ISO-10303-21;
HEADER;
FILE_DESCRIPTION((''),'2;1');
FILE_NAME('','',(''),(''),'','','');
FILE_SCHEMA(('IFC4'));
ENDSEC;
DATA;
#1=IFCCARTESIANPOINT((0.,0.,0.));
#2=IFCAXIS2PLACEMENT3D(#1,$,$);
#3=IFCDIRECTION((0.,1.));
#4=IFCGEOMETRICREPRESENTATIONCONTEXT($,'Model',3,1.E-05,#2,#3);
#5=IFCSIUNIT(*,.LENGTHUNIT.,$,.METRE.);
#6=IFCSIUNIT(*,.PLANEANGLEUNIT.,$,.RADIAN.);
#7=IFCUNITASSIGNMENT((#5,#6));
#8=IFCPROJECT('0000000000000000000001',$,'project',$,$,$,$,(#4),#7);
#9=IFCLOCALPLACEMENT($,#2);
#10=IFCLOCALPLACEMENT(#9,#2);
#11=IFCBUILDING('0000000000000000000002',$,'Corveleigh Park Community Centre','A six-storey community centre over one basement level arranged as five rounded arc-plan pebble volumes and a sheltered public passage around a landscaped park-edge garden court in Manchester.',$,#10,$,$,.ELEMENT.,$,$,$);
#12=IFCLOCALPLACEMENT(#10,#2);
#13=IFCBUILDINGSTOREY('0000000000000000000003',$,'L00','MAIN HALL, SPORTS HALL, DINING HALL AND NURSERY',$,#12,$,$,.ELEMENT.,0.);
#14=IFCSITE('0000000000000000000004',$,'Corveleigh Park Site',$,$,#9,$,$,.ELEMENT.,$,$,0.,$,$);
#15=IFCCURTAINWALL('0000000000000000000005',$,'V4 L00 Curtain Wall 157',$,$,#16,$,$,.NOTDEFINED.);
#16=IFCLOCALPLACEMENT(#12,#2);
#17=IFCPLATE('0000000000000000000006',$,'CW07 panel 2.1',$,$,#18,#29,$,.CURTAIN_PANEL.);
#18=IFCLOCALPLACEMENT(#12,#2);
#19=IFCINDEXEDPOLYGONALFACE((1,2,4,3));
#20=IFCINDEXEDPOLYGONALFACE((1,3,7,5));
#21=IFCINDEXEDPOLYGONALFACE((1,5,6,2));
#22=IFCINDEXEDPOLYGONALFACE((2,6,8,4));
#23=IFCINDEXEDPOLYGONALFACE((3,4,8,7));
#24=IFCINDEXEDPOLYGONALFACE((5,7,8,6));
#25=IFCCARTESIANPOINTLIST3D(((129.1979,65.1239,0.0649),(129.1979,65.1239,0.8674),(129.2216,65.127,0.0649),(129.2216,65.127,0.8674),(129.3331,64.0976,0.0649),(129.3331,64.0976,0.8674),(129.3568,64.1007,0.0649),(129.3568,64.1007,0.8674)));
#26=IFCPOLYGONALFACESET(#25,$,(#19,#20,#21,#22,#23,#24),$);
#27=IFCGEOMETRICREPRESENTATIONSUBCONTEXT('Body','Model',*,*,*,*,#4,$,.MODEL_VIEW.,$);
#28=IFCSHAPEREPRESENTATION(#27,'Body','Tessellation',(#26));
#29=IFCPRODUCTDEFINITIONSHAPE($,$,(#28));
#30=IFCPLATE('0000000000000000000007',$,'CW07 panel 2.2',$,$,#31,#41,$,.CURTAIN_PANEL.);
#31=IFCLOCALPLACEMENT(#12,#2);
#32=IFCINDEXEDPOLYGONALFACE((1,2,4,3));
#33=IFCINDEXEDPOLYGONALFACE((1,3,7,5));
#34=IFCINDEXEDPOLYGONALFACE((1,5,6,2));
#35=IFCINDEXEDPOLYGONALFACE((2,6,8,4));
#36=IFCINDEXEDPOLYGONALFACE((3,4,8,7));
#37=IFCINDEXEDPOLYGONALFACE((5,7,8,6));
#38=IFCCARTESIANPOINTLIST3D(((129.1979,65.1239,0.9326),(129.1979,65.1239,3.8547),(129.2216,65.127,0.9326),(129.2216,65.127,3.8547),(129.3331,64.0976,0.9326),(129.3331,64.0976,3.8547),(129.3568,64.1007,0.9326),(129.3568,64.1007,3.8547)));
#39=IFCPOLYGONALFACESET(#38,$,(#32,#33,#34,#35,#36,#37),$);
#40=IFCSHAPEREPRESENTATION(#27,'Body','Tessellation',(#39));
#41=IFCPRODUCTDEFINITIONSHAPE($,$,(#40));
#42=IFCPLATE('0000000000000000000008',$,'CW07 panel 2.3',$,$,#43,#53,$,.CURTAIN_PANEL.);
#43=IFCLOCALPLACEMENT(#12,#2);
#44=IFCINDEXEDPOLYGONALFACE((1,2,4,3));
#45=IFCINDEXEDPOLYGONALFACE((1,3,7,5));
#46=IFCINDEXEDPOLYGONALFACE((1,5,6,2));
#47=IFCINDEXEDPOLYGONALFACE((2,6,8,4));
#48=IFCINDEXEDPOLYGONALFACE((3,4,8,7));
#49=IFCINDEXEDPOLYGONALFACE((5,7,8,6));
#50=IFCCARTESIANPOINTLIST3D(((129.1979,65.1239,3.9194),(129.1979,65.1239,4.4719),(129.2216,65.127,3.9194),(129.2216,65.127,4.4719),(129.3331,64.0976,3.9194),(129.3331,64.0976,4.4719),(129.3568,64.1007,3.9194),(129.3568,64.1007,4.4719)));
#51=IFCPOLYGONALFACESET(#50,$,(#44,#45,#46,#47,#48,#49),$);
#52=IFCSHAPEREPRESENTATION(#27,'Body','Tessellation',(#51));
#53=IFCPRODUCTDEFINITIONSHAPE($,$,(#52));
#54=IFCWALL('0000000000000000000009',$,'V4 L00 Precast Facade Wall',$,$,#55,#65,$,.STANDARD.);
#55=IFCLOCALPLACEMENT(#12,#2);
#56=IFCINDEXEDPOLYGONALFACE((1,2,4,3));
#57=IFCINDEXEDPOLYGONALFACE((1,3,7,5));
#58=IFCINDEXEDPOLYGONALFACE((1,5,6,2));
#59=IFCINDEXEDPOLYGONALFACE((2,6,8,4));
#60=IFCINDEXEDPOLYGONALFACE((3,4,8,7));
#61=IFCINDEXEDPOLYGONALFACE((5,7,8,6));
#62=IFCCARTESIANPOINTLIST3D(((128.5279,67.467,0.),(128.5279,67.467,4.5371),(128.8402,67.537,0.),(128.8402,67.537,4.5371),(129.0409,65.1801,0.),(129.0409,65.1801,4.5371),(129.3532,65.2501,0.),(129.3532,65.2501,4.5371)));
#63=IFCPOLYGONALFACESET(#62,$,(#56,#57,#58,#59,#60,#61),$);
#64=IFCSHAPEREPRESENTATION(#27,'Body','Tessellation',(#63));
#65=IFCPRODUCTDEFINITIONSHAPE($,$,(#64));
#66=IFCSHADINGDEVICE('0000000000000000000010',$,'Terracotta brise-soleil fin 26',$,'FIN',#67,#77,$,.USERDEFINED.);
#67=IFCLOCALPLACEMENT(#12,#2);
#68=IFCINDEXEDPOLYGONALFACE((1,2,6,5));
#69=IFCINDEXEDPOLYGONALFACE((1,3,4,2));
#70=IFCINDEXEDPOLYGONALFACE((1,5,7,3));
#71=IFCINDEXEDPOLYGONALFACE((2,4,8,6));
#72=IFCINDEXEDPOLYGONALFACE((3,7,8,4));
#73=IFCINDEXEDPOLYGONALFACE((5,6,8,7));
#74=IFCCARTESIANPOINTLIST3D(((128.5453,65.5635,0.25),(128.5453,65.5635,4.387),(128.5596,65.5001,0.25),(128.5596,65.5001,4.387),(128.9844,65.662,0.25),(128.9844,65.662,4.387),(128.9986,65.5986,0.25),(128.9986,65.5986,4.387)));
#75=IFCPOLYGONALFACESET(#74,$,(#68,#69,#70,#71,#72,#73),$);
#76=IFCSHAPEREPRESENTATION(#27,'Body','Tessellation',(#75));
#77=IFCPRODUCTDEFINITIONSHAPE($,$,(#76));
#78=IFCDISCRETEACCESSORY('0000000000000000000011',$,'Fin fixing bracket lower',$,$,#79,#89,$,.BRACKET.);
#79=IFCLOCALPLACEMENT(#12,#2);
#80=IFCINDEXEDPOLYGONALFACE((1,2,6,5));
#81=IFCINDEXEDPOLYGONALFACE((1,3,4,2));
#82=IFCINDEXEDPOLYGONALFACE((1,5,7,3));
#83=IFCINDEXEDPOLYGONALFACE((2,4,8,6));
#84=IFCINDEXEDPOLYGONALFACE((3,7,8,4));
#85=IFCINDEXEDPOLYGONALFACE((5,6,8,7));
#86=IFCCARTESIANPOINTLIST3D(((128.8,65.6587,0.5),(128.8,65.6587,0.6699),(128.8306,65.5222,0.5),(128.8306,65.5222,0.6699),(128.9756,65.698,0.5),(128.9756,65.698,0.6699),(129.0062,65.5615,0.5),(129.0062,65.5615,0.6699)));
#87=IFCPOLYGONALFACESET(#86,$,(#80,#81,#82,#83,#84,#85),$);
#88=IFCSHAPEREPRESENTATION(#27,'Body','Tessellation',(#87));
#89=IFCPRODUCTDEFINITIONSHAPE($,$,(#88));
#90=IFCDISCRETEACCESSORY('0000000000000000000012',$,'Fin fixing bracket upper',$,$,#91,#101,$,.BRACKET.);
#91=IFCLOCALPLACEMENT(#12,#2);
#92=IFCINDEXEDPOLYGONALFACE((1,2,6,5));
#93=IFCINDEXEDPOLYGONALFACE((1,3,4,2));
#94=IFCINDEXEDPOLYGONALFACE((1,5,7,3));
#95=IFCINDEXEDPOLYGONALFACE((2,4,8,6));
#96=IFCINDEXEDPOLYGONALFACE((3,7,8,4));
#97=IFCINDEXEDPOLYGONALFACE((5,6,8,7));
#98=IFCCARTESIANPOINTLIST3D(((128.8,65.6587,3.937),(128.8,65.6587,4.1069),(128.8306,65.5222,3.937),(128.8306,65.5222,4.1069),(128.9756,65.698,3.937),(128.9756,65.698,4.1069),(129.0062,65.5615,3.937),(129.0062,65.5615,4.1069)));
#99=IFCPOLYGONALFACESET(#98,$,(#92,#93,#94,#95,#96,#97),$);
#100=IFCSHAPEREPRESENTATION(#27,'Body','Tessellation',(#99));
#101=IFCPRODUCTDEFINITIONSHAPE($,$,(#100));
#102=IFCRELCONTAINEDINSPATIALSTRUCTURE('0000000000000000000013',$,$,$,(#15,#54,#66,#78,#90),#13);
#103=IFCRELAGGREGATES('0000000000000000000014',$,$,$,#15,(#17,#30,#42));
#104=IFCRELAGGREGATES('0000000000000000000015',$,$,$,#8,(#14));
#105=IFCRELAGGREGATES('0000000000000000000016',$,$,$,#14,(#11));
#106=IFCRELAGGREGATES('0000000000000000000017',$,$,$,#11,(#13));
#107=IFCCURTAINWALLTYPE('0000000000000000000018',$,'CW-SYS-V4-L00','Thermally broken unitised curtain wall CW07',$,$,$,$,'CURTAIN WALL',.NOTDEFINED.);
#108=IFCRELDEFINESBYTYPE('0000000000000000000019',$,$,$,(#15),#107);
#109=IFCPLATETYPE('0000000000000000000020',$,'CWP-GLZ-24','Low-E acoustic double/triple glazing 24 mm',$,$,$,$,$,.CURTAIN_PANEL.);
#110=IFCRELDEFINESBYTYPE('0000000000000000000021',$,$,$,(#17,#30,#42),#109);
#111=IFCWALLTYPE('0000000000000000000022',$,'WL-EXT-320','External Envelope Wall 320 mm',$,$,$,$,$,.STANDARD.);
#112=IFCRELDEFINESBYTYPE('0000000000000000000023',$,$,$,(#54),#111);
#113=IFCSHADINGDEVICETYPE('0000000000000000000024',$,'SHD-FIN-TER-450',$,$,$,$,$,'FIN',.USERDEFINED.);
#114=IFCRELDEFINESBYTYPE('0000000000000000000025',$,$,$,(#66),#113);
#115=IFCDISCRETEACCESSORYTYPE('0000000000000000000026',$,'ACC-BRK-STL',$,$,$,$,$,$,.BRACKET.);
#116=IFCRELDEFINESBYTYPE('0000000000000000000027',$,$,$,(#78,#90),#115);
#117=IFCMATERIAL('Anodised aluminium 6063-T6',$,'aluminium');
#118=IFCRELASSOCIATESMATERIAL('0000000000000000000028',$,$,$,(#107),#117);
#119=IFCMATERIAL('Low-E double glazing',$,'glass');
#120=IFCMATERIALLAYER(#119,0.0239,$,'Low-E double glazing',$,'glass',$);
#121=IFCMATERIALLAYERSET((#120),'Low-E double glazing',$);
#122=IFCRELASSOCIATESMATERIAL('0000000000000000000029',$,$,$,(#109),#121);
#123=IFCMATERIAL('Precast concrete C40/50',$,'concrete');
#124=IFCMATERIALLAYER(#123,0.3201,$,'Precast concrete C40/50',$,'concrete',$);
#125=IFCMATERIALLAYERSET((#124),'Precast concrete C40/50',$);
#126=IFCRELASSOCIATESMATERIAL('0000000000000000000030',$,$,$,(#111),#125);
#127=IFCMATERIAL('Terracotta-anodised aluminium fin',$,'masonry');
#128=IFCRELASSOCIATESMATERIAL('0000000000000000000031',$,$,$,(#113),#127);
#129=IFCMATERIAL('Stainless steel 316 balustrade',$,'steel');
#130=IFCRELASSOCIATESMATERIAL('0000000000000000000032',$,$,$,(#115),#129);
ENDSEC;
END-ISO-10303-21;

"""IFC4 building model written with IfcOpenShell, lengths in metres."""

from ifc_helpers import new_model, si_unit, direction, frame, frame_2d, origin, origin_2d, place, context, subcontext, project, spatial, rectangle, extrude, material, layer, layer_set, type_object, element, aggregate, save


model = new_model("IFC4")

# Units and contexts
model_context = context("Model", 3, precision=1e-05, world=origin(), true_north=direction((0.0, 1.0)))
body_context = subcontext(model_context, "Body", "Model", "MODEL_VIEW")
ifc_project = project(units=[si_unit("LENGTHUNIT", "METRE"), si_unit("PLANEANGLEUNIT", "RADIAN")], contexts=[model_context])

# Site, building, storey
site_placement = place(None, origin())
site = spatial("IfcSite", under=ifc_project, at=site_placement, Name="Corveleigh Park Site", CompositionType="ELEMENT", RefElevation=0.0)
building_placement = place(site_placement, origin())
building = spatial("IfcBuilding", under=site, at=building_placement, Name="Corveleigh Park Community Centre", Description="A six-storey community centre over one basement level arranged as five rounded arc-plan pebble volumes and a sheltered public passage around a landscaped park-edge garden court in Manchester.", CompositionType="ELEMENT")
storey_placement = place(building_placement, origin())
storey = spatial("IfcBuildingStorey", under=building, at=storey_placement, Name="L00", Description="MAIN HALL, SPORTS HALL, DINING HALL AND NURSERY", CompositionType="ELEMENT", Elevation=0.0)

# Curtain wall
ifc_material_1 = material(Name="Anodised aluminium 6063-T6", Category="aluminium")
curtain_wall_type = type_object("IfcCurtainWallType", Name="CW-SYS-V4-L00", Description="Thermally broken unitised curtain wall CW07", ElementType="CURTAIN WALL", PredefinedType="NOTDEFINED", material=ifc_material_1)
curtain_wall_placement = place(storey_placement, origin())
curtain_wall = element("IfcCurtainWall", 1, at=curtain_wall_placement, inside=storey, type_object=curtain_wall_type, Name="V4 L00 Curtain Wall 157", PredefinedType="NOTDEFINED")

# Plates
ifc_material_2 = material(Name="Low-E double glazing", Category="glass")
ifc_layer_1 = layer(ifc_material_2, 0.0239, Name="Low-E double glazing", Category="glass")
ifc_layer_set_1 = layer_set([ifc_layer_1], Name="Low-E double glazing")
plate_type = type_object("IfcPlateType", Name="CWP-GLZ-24", Description="Low-E acoustic double/triple glazing 24 mm", PredefinedType="CURTAIN_PANEL", material=ifc_layer_set_1)
plate_1_placement = place(storey_placement, frame((129.2773, 64.6123, 0.0649), z_axis=(0.0, 0.0, 1.0), x_axis=(-0.13065, 0.991429, 0.0)))
plate_1 = element("IfcPlate", 2, at=plate_1_placement, type_object=plate_type, Name="CW07 panel 2.1", PredefinedType="CURTAIN_PANEL", context=body_context, shape_type="SweptSolid", body=[
    extrude(rectangle(XDim=1.0352, YDim=0.0239, at=origin_2d()), origin(), (0.0, 0.0, 1.0), 0.8025),
])
plate_2_placement = place(storey_placement, frame((129.2773, 64.6123, 0.9326), z_axis=(0.0, 0.0, 1.0), x_axis=(-0.13065, 0.991429, 0.0)))
plate_2 = element("IfcPlate", 3, at=plate_2_placement, type_object=plate_type, Name="CW07 panel 2.2", PredefinedType="CURTAIN_PANEL", context=body_context, shape_type="SweptSolid", body=[
    extrude(rectangle(XDim=1.0352, YDim=0.0239, at=origin_2d()), origin(), (0.0, 0.0, 1.0), 2.9221),
])
plate_3_placement = place(storey_placement, frame((129.2773, 64.6123, 3.9194), z_axis=(0.0, 0.0, 1.0), x_axis=(-0.13065, 0.991429, 0.0)))
plate_3 = element("IfcPlate", 4, at=plate_3_placement, type_object=plate_type, Name="CW07 panel 2.3", PredefinedType="CURTAIN_PANEL", context=body_context, shape_type="SweptSolid", body=[
    extrude(rectangle(XDim=1.0352, YDim=0.0239, at=origin_2d()), origin(), (0.0, 0.0, 1.0), 0.5525),
])
aggregate(curtain_wall, [plate_1, plate_2, plate_3])

# Wall
ifc_material_3 = material(Name="Precast concrete C40/50", Category="concrete")
ifc_layer_2 = layer(ifc_material_3, 0.3201, Name="Precast concrete C40/50", Category="concrete")
ifc_layer_set_2 = layer_set([ifc_layer_2], Name="Precast concrete C40/50")
wall_type = type_object("IfcWallType", Name="WL-EXT-320", Description="External Envelope Wall 320 mm", PredefinedType="STANDARD", material=ifc_layer_set_2)
wall_placement = place(storey_placement, frame((129.197, 65.2151, 0.0), z_axis=(0.0, 0.0, 1.0), x_axis=(-0.21886, 0.975756, 0.0)))
element("IfcWall", 5, at=wall_placement, inside=storey, type_object=wall_type, Name="V4 L00 Precast Facade Wall", PredefinedType="STANDARD", context=body_context, shape_type="SweptSolid", body=[
    extrude(rectangle(XDim=2.3438, YDim=0.3201, at=frame_2d((1.1719, 0.0))), origin(), (0.0, 0.0, 1.0), 4.5371),
])

# Shading device
ifc_material_4 = material(Name="Terracotta-anodised aluminium fin", Category="masonry")
shading_device_type = type_object("IfcShadingDeviceType", Name="SHD-FIN-TER-450", ElementType="FIN", PredefinedType="USERDEFINED", material=ifc_material_4)
shading_device_placement = place(storey_placement, frame((128.772, 65.5811, 0.25), z_axis=(0.0, 0.0, 1.0), x_axis=(-0.975753, -0.218873, 0.0)))
element("IfcShadingDevice", 6, at=shading_device_placement, inside=storey, type_object=shading_device_type, Name="Terracotta brise-soleil fin 26", ObjectType="FIN", PredefinedType="USERDEFINED", context=body_context, shape_type="SweptSolid", body=[
    extrude(rectangle(XDim=0.45, YDim=0.0649, at=origin_2d()), origin(), (0.0, 0.0, 1.0), 4.137),
])

# Discrete accessories
ifc_material_5 = material(Name="Stainless steel 316 balustrade", Category="steel")
discrete_accessory_type = type_object("IfcDiscreteAccessoryType", Name="ACC-BRK-STL", PredefinedType="BRACKET", material=ifc_material_5)
for number, where, z_axis, x_axis, name in (
    (7, (128.9031, 65.6101, 0.5), (0.0, 0.0, 1.0), (-0.975753, -0.218873, 0.0), "Fin fixing bracket lower"),
    (8, (128.9031, 65.6101, 3.937), (0.0, 0.0, 1.0), (-0.975753, -0.218873, 0.0), "Fin fixing bracket upper"),
):
    element("IfcDiscreteAccessory", number, at=place(storey_placement, frame(where, z_axis=z_axis, x_axis=x_axis)), inside=storey, type_object=discrete_accessory_type, Name=name, PredefinedType="BRACKET", context=body_context, shape_type="SweptSolid", body=[
        extrude(rectangle(XDim=0.1799, YDim=0.1399, at=origin_2d()), origin(), (0.0, 0.0, 1.0), 0.1699),
    ])

save(model, "model.ifc")
